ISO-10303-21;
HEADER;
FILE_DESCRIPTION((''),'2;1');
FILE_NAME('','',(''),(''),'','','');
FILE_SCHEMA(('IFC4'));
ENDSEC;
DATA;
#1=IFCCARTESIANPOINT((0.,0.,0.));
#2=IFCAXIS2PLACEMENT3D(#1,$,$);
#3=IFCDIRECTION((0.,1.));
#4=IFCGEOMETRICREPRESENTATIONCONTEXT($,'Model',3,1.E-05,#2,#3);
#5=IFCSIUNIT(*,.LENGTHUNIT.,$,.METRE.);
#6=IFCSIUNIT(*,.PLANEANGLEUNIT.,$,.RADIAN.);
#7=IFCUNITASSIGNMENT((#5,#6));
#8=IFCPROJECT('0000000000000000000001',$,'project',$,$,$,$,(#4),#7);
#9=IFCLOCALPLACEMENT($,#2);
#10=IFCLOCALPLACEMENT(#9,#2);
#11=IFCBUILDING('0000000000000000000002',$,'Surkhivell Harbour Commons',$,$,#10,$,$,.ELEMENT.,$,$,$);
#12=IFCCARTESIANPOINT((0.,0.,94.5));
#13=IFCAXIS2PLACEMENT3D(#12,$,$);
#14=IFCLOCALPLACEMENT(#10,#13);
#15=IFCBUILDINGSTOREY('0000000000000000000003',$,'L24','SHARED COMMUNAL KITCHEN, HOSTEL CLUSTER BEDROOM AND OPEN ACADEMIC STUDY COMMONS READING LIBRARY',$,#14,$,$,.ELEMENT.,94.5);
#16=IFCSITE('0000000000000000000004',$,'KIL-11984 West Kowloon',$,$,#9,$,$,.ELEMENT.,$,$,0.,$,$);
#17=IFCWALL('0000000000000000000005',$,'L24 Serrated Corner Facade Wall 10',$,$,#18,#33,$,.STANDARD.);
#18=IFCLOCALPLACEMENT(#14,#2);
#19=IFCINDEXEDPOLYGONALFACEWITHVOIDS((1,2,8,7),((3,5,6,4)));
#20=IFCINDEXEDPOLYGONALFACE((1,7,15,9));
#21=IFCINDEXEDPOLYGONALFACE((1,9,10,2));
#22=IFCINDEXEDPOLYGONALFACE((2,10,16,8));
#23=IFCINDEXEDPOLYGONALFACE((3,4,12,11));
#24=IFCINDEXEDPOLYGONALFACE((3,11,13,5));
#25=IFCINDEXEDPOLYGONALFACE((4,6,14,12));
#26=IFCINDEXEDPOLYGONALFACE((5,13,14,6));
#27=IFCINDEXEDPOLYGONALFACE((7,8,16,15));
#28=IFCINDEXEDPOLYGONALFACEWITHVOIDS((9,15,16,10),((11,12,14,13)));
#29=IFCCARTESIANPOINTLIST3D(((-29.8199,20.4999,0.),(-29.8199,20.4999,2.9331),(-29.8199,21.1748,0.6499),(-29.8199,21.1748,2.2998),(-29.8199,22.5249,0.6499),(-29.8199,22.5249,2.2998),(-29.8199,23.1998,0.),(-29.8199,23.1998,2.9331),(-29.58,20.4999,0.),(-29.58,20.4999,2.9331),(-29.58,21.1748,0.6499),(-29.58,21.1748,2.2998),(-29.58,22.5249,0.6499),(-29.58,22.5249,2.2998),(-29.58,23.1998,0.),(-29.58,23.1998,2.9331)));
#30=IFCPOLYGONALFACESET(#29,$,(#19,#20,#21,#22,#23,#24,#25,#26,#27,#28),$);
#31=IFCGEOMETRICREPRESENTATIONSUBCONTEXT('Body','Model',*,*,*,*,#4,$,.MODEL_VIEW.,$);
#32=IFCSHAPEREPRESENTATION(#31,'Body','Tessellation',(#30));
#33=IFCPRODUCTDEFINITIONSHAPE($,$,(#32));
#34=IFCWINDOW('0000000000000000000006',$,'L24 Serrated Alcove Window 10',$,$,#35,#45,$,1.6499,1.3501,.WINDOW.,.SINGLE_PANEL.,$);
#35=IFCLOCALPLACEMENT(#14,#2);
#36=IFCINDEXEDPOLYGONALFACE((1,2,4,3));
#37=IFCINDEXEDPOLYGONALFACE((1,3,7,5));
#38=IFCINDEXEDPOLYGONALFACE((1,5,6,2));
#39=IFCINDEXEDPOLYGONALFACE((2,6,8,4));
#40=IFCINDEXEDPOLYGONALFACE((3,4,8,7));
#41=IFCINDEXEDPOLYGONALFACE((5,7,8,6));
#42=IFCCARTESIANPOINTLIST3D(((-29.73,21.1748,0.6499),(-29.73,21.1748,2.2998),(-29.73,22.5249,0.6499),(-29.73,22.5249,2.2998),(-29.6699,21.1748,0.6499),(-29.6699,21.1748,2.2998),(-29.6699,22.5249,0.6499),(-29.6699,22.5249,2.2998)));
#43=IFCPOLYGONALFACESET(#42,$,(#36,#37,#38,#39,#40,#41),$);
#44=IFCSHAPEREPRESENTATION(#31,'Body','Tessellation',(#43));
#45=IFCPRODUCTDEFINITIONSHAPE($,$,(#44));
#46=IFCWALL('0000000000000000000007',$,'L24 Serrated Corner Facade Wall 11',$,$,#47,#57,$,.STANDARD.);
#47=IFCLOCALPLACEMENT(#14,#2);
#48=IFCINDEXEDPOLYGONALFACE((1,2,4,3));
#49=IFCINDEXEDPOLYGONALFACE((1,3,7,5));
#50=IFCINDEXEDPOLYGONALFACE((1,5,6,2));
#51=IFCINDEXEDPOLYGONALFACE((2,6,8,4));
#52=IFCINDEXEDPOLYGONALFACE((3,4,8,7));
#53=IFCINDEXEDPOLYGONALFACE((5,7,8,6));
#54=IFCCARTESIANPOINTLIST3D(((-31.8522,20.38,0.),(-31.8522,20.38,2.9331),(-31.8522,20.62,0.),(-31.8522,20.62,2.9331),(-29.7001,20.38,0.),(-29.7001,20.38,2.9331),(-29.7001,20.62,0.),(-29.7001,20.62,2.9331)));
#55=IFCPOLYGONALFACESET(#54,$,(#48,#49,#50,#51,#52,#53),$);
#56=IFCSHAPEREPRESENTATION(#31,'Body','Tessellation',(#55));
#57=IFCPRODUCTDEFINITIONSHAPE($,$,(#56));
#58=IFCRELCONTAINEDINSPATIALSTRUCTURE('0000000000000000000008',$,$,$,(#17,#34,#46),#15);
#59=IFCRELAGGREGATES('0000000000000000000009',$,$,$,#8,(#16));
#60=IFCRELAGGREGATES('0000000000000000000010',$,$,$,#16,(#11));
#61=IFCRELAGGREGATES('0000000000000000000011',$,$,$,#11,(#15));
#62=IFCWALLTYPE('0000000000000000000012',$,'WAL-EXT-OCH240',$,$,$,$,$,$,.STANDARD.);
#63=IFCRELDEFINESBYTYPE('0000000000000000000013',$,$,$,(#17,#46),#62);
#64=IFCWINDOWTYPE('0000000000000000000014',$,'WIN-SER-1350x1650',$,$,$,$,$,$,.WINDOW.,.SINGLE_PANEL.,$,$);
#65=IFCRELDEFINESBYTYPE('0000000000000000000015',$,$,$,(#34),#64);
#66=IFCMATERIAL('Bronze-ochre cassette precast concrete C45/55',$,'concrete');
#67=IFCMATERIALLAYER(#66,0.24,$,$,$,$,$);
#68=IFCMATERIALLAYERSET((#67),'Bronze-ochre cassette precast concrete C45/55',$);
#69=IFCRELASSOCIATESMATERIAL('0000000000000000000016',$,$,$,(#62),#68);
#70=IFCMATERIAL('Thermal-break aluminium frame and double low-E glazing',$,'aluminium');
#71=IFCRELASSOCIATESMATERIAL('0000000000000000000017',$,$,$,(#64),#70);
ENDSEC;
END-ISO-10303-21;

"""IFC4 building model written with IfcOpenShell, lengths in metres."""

from ifc_helpers import new_model, si_unit, direction, frame, frame_2d, origin, place, context, subcontext, project, spatial, rectangle, extrude, material, layer, layer_set, type_object, element, fill, save


model = new_model("IFC4")

# Units and contexts
model_context = context("Model", 3, precision=1e-05, world=origin(), true_north=direction((0.0, 1.0)))
body_context = subcontext(model_context, "Body", "Model", "MODEL_VIEW")
ifc_project = project(units=[si_unit("LENGTHUNIT", "METRE"), si_unit("PLANEANGLEUNIT", "RADIAN")], contexts=[model_context])

# Site, building, storey
site_placement = place(None, origin())
site = spatial("IfcSite", under=ifc_project, at=site_placement, Name="KIL-11984 West Kowloon", CompositionType="ELEMENT", RefElevation=0.0)
building_placement = place(site_placement, origin())
building = spatial("IfcBuilding", under=site, at=building_placement, Name="Surkhivell Harbour Commons", CompositionType="ELEMENT")
storey_placement = place(building_placement, frame((0.0, 0.0, 94.5)))
storey = spatial("IfcBuildingStorey", under=building, at=storey_placement, Name="L24", Description="SHARED COMMUNAL KITCHEN, HOSTEL CLUSTER BEDROOM AND OPEN ACADEMIC STUDY COMMONS READING LIBRARY", CompositionType="ELEMENT", Elevation=94.5)

# Shared definitions
ifc_material_1 = material(Name="Bronze-ochre cassette precast concrete C45/55", Category="concrete")
ifc_layer_1 = layer(ifc_material_1, 0.24)
ifc_layer_set_1 = layer_set([ifc_layer_1], Name="Bronze-ochre cassette precast concrete C45/55")
wall_type = type_object("IfcWallType", Name="WAL-EXT-OCH240", PredefinedType="STANDARD", material=ifc_layer_set_1)

# Wall, opening, window
wall_1_placement = place(storey_placement, frame((-29.7, 23.2, 0.0), z_axis=(0.0, 0.0, 1.0), x_axis=(0.0, -1.0, 0.0)))
wall_1 = element("IfcWall", 1, at=wall_1_placement, inside=storey, type_object=wall_type, Name="L24 Serrated Corner Facade Wall 10", PredefinedType="STANDARD", context=body_context, shape_type="SweptSolid", body=[
    extrude(rectangle(XDim=2.7, YDim=0.24, at=frame_2d((1.3501, 0.0))), origin(), (0.0, 0.0, 1.0), 2.9331),
])
opening_placement = place(wall_1_placement, frame((0.675, 0.0, 0.6499)))
opening = element("IfcOpeningElement", 2, at=opening_placement, cuts=wall_1, PredefinedType="OPENING", context=body_context, shape_type="SweptSolid", body=[
    extrude(rectangle(XDim=1.3501, YDim=1.6499, at=frame_2d((0.675, 0.825))), frame((0.0, 0.1299, 0.0), z_axis=(0.0, -1.0, 0.0), x_axis=(1.0, 0.0, 0.0)), (0.0, 0.0, 1.0), 0.26),
])
ifc_material_2 = material(Name="Thermal-break aluminium frame and double low-E glazing", Category="aluminium")
window_type = type_object("IfcWindowType", Name="WIN-SER-1350x1650", PartitioningType="SINGLE_PANEL", PredefinedType="WINDOW", material=ifc_material_2)
window_placement = place(opening_placement, origin())
window = element("IfcWindow", 3, at=window_placement, inside=storey, type_object=window_type, Name="L24 Serrated Alcove Window 10", OverallHeight=1.6499, OverallWidth=1.3501, PartitioningType="SINGLE_PANEL", PredefinedType="WINDOW", context=body_context, shape_type="SweptSolid", body=[
    extrude(rectangle(XDim=1.3501, YDim=1.6499, at=frame_2d((0.675, 0.825))), frame((0.0, 0.03, 0.0), z_axis=(0.0, -1.0, 0.0), x_axis=(1.0, 0.0, 0.0)), (0.0, 0.0, 1.0), 0.0601),
])
fill(opening, window)

# Wall
wall_2_placement = place(storey_placement, frame((-29.7, 20.5, 0.0), z_axis=(0.0, 0.0, 1.0), x_axis=(-1.0, 0.0, 0.0)))
element("IfcWall", 4, at=wall_2_placement, inside=storey, type_object=wall_type, Name="L24 Serrated Corner Facade Wall 11", PredefinedType="STANDARD", context=body_context, shape_type="SweptSolid", body=[
    extrude(rectangle(XDim=2.1521, YDim=0.24, at=frame_2d((1.0762, 0.0))), origin(), (0.0, 0.0, 1.0), 2.9331),
])

save(model, "model.ifc")
